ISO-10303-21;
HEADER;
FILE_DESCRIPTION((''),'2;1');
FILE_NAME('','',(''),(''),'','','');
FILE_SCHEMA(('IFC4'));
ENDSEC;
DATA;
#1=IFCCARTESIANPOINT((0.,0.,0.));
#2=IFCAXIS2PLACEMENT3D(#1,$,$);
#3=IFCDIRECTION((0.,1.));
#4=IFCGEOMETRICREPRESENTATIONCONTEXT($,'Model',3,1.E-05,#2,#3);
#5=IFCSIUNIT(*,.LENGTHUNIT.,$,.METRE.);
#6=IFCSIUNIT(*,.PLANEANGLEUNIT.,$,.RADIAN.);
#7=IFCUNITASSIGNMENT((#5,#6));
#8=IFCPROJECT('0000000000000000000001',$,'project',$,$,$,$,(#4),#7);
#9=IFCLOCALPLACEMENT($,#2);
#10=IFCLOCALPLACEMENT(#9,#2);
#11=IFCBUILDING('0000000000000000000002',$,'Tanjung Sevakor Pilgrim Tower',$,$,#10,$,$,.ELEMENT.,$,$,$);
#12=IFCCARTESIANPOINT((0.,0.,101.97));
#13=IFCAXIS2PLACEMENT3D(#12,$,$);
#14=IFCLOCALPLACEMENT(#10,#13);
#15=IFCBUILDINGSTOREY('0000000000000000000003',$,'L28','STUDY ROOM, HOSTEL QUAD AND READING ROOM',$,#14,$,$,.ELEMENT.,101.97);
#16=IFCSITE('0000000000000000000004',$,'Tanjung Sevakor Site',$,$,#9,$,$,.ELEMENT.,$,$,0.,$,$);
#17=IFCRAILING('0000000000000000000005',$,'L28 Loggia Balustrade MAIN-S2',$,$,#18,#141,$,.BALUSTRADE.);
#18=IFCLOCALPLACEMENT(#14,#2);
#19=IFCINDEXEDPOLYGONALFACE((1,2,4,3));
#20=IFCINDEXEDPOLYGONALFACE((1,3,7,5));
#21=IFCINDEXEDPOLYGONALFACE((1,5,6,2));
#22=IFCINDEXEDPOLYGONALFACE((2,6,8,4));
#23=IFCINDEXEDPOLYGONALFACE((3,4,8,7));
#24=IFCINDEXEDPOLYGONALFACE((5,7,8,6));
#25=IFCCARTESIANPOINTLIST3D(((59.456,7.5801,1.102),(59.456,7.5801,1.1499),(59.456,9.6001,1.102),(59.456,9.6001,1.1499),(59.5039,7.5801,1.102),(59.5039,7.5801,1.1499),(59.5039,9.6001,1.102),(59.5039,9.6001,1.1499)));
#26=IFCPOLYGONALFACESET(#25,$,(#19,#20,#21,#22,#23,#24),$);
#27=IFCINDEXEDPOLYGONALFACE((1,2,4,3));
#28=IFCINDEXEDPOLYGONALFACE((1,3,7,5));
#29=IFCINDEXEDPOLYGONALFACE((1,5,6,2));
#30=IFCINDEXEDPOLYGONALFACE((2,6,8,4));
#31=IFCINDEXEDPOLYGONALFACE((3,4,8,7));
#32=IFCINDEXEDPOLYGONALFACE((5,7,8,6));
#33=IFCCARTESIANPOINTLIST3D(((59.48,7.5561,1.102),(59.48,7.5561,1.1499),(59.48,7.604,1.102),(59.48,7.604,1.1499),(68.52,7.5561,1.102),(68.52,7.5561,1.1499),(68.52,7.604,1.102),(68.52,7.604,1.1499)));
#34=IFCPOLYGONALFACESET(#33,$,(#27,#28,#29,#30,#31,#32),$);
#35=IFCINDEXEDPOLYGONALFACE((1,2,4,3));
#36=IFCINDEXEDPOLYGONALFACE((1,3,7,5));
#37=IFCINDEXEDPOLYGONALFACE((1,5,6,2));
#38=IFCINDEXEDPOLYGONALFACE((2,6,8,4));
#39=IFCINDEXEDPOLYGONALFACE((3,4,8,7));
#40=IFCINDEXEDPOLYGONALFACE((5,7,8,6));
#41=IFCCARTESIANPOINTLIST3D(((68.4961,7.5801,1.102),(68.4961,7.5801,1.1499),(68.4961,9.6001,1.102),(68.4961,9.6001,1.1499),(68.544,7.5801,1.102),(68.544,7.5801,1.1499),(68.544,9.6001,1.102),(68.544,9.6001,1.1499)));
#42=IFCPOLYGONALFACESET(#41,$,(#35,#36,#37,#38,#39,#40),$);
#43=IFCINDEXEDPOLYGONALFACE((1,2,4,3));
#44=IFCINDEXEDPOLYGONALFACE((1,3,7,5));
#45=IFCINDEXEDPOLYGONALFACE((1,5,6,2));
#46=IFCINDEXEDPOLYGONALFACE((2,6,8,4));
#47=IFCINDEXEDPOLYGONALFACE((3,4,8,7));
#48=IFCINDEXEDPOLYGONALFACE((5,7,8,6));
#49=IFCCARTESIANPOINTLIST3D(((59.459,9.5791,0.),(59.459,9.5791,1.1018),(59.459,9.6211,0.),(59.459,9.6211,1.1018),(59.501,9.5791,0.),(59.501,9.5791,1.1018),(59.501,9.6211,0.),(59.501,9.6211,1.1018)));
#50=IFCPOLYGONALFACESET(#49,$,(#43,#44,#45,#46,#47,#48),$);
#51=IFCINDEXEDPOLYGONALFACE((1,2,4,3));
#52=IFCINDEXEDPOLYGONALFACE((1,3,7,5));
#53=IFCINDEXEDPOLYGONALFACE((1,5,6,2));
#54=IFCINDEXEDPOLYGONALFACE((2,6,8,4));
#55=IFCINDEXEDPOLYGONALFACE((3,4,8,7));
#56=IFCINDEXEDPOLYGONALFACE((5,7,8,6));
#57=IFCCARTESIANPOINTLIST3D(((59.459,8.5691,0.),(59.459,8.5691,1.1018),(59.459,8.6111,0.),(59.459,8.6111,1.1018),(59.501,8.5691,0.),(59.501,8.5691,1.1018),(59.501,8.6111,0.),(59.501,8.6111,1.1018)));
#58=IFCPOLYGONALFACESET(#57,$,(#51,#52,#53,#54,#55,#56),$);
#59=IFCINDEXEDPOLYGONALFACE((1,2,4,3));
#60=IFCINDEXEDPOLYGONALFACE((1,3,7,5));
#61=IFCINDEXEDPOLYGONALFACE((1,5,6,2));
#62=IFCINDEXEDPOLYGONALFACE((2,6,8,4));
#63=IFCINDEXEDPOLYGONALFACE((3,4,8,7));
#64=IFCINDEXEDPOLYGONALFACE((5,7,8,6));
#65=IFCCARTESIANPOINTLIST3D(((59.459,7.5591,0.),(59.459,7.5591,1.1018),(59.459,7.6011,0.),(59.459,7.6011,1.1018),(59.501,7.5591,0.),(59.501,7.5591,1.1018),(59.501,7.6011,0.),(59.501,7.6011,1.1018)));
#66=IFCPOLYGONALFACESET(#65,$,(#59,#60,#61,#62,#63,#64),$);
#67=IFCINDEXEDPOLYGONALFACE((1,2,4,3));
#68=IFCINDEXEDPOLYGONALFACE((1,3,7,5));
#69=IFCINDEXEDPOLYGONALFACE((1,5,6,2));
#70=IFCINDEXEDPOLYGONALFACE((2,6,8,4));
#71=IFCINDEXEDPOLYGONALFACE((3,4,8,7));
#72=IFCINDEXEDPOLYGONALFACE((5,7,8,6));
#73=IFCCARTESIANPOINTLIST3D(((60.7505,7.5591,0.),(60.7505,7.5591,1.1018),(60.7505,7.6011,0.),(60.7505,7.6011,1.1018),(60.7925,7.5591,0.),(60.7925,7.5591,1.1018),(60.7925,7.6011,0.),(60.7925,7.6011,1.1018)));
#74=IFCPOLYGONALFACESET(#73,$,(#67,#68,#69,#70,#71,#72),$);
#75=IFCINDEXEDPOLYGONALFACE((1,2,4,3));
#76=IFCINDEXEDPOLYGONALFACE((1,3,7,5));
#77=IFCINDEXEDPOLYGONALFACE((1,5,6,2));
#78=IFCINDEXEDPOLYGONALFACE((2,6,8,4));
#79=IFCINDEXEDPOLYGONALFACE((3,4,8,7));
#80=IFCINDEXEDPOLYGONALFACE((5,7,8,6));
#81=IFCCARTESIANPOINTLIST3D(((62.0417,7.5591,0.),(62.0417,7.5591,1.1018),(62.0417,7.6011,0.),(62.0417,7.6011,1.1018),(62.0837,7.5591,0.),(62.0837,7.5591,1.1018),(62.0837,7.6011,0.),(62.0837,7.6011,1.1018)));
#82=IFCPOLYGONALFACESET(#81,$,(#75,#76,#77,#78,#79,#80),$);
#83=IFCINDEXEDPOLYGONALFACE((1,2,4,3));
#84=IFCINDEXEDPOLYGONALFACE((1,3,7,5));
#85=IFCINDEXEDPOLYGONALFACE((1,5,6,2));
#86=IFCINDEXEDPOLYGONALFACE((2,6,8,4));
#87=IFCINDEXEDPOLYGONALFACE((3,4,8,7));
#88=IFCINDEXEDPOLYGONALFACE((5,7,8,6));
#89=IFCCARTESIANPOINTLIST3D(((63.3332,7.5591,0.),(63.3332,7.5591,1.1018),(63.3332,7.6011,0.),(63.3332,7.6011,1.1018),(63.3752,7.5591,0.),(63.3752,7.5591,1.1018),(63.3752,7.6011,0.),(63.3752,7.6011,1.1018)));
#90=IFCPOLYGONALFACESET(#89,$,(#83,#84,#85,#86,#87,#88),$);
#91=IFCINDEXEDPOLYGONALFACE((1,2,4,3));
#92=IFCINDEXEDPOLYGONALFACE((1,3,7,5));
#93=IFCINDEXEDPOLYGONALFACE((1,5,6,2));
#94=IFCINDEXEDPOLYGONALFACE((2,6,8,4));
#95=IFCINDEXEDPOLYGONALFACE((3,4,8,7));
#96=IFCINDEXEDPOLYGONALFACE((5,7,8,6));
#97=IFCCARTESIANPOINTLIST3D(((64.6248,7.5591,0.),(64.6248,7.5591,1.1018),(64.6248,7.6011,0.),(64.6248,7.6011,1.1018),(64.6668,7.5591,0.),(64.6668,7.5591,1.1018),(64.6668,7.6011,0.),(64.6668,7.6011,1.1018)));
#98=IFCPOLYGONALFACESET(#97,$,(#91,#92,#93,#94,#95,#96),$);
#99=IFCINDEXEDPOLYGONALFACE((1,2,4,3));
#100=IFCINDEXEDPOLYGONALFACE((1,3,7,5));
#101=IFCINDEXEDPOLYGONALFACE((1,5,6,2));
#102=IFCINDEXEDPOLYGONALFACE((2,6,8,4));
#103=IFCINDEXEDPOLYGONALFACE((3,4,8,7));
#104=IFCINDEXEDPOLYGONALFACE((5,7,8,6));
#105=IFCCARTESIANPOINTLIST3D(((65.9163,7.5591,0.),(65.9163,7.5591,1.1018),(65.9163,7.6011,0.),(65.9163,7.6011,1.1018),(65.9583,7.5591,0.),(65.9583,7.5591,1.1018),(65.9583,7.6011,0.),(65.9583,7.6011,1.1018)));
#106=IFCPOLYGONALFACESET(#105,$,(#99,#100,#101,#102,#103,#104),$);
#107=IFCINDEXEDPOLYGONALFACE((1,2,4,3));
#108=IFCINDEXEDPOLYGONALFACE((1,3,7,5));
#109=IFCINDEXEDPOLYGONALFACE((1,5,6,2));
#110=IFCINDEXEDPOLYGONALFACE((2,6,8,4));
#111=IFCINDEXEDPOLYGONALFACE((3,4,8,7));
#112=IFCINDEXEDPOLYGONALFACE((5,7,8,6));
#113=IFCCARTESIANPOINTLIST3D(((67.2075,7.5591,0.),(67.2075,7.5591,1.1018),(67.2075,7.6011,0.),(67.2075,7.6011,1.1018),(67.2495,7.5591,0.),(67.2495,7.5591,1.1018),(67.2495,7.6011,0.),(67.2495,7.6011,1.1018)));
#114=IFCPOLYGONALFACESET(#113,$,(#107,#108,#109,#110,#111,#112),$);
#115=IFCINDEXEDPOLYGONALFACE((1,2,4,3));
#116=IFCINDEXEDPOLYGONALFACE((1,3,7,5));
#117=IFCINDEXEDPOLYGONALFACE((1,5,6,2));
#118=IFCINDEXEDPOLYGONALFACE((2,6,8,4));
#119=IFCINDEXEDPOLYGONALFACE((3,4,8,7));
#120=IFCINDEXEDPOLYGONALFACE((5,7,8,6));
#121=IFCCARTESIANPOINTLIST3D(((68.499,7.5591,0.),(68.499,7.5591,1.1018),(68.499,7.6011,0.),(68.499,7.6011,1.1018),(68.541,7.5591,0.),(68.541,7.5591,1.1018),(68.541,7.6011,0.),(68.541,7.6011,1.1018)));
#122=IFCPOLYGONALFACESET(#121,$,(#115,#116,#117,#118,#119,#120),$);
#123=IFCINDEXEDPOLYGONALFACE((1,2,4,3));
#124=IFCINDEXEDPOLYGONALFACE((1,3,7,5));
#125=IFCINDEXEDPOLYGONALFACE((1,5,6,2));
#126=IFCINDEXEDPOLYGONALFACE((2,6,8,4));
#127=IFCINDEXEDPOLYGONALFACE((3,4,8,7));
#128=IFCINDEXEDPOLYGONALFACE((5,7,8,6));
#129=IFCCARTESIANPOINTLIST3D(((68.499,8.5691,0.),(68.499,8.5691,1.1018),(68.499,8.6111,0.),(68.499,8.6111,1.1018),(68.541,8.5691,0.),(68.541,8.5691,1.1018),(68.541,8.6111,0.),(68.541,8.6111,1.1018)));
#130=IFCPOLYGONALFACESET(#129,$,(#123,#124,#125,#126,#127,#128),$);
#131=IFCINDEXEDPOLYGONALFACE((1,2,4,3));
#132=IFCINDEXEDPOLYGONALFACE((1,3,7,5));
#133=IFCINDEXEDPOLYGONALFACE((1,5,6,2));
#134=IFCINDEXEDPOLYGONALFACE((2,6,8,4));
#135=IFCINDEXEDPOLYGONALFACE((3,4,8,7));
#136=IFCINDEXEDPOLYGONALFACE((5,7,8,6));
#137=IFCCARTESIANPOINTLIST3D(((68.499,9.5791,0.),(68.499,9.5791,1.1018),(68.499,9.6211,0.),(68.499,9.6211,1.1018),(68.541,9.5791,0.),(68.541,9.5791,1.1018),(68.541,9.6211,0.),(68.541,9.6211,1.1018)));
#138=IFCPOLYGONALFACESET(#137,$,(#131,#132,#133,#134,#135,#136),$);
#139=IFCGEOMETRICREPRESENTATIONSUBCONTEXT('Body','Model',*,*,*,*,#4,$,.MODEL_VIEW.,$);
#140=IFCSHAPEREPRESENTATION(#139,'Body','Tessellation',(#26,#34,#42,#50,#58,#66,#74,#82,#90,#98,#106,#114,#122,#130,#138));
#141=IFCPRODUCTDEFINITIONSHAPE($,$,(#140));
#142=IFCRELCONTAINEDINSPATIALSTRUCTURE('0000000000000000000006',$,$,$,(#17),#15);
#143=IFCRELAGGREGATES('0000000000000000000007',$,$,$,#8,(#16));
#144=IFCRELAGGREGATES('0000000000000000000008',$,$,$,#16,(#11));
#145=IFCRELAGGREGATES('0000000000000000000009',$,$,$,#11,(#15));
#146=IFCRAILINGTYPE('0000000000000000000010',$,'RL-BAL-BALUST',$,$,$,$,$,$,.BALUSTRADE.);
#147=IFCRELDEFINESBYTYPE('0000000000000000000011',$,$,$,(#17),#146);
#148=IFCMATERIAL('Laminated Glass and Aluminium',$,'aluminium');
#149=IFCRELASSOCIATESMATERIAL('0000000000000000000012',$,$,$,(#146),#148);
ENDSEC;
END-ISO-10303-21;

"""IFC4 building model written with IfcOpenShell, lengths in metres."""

from ifc_helpers import new_model, si_unit, direction, frame, origin, place, context, subcontext, project, spatial, rectangle, extrude, material, type_object, element, save


model = new_model("IFC4")

# Units and contexts
model_context = context("Model", 3, precision=1e-05, world=origin(), true_north=direction((0.0, 1.0)))
body_context = subcontext(model_context, "Body", "Model", "MODEL_VIEW")
ifc_project = project(units=[si_unit("LENGTHUNIT", "METRE"), si_unit("PLANEANGLEUNIT", "RADIAN")], contexts=[model_context])

# Site, building, storey
site_placement = place(None, origin())
site = spatial("IfcSite", under=ifc_project, at=site_placement, Name="Tanjung Sevakor Site", CompositionType="ELEMENT", RefElevation=0.0)
building_placement = place(site_placement, origin())
building = spatial("IfcBuilding", under=site, at=building_placement, Name="Tanjung Sevakor Pilgrim Tower", CompositionType="ELEMENT")
storey_placement = place(building_placement, frame((0.0, 0.0, 101.97)))
storey = spatial("IfcBuildingStorey", under=building, at=storey_placement, Name="L28", Description="STUDY ROOM, HOSTEL QUAD AND READING ROOM", CompositionType="ELEMENT", Elevation=101.97)

# Railing
ifc_material_1 = material(Name="Laminated Glass and Aluminium", Category="aluminium")
railing_type = type_object("IfcRailingType", Name="RL-BAL-BALUST", PredefinedType="BALUSTRADE", material=ifc_material_1)
railing_placement = place(storey_placement, frame((59.48, 9.6001, 0.0)))
element("IfcRailing", 1, at=railing_placement, inside=storey, type_object=railing_type, Name="L28 Loggia Balustrade MAIN-S2", PredefinedType="BALUSTRADE", context=body_context, shape_type="SweptSolid", body=[
    extrude(rectangle(XDim=0.0479, YDim=0.0479), frame((0.0, 0.0, 1.126), z_axis=(0.0, -1.0, 0.0), x_axis=(1.0, 0.0, 0.0)), (0.0, 0.0, 1.0), 2.02),
    extrude(rectangle(XDim=0.0479, YDim=0.0479), frame((0.0, -2.02, 1.126), z_axis=(1.0, 0.0, 0.0), x_axis=(0.0, 1.0, 0.0)), (0.0, 0.0, 1.0), 9.04),
    extrude(rectangle(XDim=0.0479, YDim=0.0479), frame((9.04, -2.02, 1.126), z_axis=(0.0, 1.0, 0.0), x_axis=(-1.0, 0.0, 0.0)), (0.0, 0.0, 1.0), 2.02),
    extrude(rectangle(XDim=0.042, YDim=0.042), origin(), (0.0, 0.0, 1.0), 1.1018),
    extrude(rectangle(XDim=0.042, YDim=0.042), frame((0.0, -1.01, 0.0)), (0.0, 0.0, 1.0), 1.1018),
    extrude(rectangle(XDim=0.042, YDim=0.042), frame((0.0, -2.02, 0.0)), (0.0, 0.0, 1.0), 1.1018),
    extrude(rectangle(XDim=0.042, YDim=0.042), frame((1.2915, -2.02, 0.0)), (0.0, 0.0, 1.0), 1.1018),
    extrude(rectangle(XDim=0.042, YDim=0.042), frame((2.5828, -2.02, 0.0)), (0.0, 0.0, 1.0), 1.1018),
    extrude(rectangle(XDim=0.042, YDim=0.042), frame((3.8743, -2.02, 0.0)), (0.0, 0.0, 1.0), 1.1018),
    extrude(rectangle(XDim=0.042, YDim=0.042), frame((5.1658, -2.02, 0.0)), (0.0, 0.0, 1.0), 1.1018),
    extrude(rectangle(XDim=0.042, YDim=0.042), frame((6.4573, -2.02, 0.0)), (0.0, 0.0, 1.0), 1.1018),
    extrude(rectangle(XDim=0.042, YDim=0.042), frame((7.7485, -2.02, 0.0)), (0.0, 0.0, 1.0), 1.1018),
    extrude(rectangle(XDim=0.042, YDim=0.042), frame((9.04, -2.02, 0.0)), (0.0, 0.0, 1.0), 1.1018),
    extrude(rectangle(XDim=0.042, YDim=0.042), frame((9.04, -1.01, 0.0)), (0.0, 0.0, 1.0), 1.1018),
    extrude(rectangle(XDim=0.042, YDim=0.042), frame((9.04, 0.0, 0.0)), (0.0, 0.0, 1.0), 1.1018),
])

save(model, "model.ifc")
